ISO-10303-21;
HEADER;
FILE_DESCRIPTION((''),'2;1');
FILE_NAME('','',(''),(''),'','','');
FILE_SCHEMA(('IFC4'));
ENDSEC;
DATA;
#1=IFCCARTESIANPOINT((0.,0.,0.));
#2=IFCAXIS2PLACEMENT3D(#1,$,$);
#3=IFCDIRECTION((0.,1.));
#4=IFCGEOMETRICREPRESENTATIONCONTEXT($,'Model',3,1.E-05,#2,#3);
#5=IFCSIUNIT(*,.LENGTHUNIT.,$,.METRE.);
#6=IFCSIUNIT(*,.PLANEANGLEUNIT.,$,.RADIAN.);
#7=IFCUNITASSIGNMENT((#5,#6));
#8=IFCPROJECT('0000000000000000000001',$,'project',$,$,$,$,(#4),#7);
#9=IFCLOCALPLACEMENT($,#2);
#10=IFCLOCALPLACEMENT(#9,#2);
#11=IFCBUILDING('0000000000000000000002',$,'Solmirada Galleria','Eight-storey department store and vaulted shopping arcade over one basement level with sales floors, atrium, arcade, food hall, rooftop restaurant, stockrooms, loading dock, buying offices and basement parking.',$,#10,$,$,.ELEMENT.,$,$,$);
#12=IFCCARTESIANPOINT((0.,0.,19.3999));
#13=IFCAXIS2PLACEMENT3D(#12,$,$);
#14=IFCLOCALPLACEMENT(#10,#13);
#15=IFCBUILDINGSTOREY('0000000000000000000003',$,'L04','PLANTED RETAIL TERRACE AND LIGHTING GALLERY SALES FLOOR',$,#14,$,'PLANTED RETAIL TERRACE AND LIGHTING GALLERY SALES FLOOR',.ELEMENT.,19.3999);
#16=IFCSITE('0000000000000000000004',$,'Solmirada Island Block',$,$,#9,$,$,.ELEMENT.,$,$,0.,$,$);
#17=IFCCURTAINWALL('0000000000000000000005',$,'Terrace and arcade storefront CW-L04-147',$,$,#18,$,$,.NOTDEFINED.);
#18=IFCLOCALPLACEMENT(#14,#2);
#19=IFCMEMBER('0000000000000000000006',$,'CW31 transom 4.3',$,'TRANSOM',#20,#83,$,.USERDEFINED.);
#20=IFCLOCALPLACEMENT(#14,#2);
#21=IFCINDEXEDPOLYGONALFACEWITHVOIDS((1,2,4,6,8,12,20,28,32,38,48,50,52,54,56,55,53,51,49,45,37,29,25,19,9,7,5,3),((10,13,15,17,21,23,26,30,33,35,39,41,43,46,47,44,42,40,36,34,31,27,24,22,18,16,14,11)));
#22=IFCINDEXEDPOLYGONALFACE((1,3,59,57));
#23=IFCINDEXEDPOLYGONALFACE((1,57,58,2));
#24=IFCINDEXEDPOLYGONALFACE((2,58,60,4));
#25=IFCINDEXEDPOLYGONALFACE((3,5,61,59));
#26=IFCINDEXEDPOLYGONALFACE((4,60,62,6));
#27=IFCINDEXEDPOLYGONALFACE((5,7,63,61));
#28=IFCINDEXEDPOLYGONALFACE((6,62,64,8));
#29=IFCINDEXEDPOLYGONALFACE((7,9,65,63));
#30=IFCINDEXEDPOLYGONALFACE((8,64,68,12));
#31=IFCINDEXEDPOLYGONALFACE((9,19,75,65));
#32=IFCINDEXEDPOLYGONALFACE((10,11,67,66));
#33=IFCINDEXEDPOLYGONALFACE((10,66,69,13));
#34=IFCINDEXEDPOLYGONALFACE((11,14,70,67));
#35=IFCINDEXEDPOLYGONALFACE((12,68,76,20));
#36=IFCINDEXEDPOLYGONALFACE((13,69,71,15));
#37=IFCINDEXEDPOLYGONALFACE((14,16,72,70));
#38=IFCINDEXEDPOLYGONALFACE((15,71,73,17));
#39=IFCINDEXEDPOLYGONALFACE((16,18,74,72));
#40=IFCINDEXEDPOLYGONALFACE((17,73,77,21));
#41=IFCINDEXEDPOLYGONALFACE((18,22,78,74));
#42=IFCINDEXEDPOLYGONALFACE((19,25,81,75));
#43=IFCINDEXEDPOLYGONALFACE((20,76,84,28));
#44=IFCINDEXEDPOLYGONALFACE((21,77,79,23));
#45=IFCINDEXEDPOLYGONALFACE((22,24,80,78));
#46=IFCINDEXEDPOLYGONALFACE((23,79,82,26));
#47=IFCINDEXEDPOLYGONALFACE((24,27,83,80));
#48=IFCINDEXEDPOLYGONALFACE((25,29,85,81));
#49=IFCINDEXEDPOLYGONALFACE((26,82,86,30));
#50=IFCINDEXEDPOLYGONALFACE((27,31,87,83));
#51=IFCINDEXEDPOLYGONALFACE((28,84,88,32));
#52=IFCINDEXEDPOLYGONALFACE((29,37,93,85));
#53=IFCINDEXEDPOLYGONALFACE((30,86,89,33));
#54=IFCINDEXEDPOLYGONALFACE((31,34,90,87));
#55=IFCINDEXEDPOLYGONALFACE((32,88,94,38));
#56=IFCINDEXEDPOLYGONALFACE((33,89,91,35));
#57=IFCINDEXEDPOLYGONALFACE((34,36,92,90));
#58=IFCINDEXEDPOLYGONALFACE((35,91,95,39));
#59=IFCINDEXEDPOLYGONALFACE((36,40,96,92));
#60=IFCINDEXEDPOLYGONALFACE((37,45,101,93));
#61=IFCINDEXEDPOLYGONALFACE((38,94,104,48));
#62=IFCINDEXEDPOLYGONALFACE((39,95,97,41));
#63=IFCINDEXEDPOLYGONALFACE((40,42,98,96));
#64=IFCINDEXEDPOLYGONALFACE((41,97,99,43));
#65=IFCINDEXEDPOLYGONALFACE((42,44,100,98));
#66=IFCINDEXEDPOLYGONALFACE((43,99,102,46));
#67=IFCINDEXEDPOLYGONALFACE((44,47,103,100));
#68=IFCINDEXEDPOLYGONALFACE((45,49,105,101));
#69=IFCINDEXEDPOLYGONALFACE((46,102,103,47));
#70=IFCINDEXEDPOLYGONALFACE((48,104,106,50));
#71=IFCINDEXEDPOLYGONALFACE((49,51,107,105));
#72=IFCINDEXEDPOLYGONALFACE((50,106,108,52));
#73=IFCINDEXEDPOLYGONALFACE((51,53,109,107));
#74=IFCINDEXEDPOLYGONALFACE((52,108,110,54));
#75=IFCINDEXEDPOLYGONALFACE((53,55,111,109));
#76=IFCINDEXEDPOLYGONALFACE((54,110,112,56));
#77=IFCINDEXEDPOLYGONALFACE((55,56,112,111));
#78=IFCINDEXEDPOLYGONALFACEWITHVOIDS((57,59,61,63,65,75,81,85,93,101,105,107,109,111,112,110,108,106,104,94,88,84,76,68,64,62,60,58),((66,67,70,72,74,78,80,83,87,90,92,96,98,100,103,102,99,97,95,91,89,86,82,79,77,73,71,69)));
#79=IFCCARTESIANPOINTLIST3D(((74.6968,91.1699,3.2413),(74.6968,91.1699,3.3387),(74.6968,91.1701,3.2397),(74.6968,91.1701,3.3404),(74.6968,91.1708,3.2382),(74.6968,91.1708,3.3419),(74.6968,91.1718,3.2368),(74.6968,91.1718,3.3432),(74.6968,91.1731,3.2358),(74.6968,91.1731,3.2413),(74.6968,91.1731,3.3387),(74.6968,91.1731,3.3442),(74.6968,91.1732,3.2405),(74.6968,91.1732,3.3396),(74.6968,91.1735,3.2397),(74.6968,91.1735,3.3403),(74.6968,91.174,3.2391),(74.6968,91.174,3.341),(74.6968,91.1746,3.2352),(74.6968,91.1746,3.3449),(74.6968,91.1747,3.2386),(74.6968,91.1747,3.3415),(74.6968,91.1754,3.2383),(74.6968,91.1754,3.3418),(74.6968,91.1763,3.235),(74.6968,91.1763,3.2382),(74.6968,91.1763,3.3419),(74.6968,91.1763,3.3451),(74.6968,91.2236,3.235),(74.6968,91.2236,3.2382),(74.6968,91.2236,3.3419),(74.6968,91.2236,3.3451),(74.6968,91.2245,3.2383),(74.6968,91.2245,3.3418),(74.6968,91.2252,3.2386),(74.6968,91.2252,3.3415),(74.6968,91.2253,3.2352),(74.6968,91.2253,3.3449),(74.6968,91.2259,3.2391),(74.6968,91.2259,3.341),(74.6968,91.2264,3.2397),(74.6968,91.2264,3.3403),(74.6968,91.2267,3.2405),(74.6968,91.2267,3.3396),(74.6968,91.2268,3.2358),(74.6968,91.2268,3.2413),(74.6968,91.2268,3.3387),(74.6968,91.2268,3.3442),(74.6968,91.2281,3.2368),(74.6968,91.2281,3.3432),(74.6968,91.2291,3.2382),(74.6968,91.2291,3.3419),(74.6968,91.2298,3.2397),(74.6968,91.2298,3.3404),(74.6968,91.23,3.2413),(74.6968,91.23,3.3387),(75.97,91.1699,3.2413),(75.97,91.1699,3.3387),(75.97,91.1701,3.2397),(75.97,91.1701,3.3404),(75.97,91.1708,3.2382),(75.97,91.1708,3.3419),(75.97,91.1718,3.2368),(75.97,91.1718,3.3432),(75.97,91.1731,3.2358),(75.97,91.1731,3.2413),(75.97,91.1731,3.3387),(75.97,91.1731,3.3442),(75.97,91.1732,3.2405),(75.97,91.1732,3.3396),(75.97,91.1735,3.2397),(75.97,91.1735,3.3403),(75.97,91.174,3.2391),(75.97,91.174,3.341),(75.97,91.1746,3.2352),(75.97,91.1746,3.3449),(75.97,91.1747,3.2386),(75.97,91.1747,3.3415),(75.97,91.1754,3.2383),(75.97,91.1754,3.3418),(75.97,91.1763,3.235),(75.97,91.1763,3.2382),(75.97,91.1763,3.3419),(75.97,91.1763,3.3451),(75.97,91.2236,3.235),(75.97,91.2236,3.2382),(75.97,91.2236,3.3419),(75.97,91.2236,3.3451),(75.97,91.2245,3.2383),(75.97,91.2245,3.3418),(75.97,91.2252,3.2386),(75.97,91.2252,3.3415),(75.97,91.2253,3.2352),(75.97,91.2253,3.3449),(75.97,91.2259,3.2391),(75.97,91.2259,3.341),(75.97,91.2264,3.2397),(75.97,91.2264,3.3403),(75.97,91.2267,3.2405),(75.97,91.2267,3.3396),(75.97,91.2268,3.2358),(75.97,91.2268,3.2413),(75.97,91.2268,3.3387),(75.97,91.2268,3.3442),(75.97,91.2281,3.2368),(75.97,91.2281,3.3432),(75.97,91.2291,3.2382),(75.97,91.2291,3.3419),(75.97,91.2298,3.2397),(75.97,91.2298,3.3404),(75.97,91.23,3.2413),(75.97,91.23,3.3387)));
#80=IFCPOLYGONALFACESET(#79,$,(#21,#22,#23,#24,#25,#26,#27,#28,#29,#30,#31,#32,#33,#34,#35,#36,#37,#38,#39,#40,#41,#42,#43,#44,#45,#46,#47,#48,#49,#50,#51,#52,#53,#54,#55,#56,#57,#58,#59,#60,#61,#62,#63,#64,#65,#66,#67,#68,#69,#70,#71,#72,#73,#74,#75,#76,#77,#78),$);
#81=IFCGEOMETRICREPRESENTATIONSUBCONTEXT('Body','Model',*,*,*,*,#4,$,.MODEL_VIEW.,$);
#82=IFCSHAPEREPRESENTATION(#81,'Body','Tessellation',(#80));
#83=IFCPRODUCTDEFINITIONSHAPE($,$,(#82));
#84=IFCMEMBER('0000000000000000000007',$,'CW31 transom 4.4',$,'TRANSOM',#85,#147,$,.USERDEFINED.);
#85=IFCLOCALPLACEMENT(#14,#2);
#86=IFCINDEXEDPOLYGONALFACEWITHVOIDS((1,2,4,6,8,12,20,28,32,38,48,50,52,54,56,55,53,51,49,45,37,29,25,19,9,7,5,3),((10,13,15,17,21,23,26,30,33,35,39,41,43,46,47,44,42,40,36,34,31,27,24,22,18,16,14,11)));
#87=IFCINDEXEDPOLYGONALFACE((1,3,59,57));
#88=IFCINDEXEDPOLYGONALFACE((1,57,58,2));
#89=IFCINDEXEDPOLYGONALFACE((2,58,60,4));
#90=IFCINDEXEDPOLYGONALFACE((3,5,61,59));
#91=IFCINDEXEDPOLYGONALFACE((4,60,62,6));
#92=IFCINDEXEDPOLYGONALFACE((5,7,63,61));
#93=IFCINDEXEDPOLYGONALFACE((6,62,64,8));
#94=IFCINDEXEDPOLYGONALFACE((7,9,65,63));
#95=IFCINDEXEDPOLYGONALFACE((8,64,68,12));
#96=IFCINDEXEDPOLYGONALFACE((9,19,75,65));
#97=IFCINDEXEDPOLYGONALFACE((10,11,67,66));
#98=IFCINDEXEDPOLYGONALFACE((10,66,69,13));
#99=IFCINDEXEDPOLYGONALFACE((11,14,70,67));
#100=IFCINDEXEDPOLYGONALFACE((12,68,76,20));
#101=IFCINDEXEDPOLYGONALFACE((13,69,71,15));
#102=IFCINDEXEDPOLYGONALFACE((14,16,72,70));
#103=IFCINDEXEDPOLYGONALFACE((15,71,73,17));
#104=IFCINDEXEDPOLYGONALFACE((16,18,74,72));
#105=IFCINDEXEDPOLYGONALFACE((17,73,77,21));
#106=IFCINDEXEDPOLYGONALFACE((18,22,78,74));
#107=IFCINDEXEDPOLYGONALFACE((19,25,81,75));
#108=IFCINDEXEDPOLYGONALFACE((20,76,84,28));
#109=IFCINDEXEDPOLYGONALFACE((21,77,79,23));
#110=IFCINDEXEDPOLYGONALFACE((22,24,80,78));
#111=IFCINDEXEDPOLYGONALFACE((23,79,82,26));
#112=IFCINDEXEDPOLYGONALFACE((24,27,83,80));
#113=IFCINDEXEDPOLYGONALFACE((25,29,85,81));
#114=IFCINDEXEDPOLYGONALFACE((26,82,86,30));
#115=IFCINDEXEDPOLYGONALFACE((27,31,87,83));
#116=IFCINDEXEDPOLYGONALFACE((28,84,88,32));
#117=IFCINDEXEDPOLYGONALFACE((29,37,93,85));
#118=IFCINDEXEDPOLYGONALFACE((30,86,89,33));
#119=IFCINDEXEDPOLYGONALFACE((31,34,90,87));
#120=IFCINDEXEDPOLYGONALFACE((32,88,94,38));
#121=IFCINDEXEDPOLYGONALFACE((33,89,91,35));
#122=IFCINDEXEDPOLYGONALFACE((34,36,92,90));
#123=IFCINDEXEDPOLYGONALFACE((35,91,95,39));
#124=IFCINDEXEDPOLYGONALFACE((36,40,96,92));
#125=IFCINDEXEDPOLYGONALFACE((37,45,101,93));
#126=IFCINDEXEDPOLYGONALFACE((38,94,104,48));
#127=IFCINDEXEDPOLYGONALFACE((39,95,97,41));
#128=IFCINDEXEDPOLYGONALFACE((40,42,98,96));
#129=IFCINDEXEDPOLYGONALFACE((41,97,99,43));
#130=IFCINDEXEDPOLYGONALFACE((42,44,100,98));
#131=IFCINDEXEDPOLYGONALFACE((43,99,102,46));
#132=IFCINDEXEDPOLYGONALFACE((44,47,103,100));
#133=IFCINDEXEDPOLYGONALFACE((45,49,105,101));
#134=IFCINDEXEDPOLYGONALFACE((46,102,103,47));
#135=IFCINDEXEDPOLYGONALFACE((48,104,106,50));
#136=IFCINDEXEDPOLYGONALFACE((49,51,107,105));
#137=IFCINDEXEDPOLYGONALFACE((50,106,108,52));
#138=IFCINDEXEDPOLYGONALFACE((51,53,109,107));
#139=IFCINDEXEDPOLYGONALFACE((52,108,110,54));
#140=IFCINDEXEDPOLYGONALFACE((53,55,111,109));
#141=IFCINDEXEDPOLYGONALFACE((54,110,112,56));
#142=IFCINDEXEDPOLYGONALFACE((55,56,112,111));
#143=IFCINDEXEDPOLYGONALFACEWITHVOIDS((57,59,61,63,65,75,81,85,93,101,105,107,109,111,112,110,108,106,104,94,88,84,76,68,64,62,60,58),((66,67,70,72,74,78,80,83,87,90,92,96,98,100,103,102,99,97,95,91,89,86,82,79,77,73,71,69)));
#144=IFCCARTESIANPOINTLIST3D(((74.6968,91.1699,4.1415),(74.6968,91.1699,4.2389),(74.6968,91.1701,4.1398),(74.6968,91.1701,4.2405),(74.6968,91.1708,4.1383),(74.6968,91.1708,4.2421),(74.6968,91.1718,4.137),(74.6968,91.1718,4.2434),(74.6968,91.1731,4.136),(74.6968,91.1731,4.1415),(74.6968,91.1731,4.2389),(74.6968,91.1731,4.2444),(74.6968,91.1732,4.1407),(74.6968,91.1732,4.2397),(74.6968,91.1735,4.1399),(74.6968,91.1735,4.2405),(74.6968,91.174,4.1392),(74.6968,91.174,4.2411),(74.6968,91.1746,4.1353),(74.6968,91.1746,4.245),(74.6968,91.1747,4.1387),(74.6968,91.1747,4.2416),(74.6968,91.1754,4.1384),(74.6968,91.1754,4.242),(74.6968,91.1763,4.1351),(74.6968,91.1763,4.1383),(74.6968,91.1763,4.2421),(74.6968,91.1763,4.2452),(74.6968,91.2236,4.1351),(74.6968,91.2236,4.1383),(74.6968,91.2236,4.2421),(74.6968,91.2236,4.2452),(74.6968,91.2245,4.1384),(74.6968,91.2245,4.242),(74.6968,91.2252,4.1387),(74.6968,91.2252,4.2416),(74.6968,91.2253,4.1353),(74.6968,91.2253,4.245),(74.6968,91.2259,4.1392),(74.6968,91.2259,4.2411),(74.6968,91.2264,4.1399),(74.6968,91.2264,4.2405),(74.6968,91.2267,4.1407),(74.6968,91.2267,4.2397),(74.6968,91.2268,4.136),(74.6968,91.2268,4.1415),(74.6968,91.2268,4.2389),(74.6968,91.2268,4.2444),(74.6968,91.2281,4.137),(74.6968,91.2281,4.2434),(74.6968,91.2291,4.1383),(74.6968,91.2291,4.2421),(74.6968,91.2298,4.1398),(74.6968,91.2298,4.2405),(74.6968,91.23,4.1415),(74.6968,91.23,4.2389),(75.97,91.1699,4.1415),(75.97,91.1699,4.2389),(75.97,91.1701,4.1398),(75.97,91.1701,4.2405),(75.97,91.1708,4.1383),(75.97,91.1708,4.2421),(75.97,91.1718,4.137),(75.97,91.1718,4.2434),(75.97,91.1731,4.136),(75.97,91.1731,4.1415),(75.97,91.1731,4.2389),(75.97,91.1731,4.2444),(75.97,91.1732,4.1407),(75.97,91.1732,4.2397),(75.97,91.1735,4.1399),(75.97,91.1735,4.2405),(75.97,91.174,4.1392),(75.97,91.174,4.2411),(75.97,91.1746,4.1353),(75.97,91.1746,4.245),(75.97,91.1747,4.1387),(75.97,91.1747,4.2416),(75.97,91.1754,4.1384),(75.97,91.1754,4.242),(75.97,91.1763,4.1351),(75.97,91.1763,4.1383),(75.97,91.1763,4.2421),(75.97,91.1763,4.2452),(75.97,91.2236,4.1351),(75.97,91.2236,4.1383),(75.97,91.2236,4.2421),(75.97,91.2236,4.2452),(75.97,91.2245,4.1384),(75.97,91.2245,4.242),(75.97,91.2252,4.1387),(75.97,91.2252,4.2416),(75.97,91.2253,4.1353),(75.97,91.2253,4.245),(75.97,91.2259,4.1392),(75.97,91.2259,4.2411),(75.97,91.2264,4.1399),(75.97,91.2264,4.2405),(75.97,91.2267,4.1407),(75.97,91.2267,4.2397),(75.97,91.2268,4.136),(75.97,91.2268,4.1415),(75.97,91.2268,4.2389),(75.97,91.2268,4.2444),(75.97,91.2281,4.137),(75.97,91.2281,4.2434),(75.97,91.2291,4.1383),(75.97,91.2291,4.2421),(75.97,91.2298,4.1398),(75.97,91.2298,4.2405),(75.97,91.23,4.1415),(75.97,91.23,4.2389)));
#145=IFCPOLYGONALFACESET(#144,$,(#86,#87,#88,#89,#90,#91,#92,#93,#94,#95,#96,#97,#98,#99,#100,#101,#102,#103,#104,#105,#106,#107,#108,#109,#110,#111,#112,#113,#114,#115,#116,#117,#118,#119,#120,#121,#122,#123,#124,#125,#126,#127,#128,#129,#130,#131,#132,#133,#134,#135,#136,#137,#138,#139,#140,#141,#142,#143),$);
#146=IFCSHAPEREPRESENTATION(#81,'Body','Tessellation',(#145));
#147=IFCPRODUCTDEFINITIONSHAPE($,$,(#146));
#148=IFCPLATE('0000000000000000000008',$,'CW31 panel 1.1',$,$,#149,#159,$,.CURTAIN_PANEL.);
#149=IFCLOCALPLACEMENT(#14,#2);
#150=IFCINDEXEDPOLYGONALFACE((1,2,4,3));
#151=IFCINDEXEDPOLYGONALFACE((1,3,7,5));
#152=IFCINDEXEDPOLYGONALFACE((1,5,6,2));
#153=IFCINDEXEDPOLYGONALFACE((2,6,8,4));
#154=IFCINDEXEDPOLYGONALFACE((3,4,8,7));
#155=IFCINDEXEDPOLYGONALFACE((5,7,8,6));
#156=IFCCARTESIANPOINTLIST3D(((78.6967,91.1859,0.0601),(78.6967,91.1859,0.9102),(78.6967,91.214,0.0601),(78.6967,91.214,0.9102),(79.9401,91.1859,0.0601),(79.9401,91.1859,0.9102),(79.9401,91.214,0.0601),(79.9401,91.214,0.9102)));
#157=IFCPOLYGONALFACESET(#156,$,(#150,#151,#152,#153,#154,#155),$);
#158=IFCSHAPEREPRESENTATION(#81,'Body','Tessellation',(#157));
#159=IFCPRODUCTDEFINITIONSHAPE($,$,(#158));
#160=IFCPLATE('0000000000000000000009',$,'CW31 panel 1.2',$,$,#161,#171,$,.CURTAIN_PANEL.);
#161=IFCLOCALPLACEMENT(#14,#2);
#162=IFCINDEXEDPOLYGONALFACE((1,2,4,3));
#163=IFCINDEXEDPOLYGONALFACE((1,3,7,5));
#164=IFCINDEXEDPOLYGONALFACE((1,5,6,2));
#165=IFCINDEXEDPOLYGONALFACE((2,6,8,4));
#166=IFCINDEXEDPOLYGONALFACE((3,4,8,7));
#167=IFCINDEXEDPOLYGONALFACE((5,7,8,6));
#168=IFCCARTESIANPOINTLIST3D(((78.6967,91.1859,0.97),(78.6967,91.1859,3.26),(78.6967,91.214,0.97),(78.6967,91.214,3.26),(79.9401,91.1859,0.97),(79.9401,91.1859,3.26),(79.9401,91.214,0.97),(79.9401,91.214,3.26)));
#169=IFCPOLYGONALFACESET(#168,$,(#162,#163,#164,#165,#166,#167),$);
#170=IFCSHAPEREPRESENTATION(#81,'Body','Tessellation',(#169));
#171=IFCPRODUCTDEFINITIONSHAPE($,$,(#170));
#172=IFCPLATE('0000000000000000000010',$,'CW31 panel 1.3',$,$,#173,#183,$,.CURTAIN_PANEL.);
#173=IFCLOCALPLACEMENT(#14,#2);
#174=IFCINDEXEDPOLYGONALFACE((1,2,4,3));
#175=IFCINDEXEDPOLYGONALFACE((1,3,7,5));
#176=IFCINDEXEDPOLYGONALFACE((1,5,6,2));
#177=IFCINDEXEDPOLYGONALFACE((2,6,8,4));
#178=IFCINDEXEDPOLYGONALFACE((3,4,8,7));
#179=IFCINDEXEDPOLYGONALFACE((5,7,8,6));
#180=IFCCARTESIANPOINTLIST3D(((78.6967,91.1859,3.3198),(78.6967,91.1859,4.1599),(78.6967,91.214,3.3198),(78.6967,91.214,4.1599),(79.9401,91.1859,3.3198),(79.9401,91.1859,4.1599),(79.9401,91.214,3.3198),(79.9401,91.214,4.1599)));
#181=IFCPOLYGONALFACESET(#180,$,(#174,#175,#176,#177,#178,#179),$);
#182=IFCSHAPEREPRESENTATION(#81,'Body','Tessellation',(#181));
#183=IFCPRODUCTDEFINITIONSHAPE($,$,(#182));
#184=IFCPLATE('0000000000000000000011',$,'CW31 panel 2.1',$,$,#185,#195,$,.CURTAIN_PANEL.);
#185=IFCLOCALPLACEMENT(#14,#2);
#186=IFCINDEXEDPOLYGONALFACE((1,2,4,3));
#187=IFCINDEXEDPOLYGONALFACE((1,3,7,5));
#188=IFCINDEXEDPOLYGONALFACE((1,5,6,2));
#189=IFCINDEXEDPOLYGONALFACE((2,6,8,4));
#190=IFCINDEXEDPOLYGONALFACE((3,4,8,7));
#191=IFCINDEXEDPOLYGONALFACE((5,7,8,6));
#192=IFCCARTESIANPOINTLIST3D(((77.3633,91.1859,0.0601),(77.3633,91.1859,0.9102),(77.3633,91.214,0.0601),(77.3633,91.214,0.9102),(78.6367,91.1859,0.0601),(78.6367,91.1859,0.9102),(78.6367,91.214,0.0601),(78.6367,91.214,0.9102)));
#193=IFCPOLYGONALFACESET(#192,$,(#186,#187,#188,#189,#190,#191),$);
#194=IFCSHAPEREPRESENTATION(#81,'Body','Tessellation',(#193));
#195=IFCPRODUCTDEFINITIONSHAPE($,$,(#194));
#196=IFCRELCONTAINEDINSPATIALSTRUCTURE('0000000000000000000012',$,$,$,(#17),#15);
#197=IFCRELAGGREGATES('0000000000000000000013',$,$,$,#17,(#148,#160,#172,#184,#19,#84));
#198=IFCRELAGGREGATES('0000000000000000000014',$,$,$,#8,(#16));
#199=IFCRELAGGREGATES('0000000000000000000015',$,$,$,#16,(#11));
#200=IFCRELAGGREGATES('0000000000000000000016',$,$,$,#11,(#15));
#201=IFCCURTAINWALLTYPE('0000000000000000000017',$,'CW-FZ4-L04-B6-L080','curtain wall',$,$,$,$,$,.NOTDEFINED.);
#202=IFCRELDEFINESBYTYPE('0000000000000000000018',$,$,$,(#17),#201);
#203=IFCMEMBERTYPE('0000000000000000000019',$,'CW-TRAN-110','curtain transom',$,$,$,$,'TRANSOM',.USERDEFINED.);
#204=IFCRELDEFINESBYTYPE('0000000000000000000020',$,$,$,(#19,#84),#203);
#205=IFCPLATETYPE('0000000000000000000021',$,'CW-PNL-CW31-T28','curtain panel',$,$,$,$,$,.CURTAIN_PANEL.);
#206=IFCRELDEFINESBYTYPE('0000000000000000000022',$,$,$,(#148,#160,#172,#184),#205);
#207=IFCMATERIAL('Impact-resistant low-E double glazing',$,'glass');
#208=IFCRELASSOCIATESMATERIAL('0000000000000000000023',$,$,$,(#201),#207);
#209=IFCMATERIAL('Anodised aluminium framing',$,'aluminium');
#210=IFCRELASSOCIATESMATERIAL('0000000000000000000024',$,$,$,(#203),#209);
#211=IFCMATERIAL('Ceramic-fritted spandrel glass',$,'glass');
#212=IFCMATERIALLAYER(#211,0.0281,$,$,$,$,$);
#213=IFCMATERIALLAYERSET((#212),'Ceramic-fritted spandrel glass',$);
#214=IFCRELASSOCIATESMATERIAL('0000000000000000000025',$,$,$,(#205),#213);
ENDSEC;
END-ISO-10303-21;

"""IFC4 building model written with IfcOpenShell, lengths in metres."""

from ifc_helpers import new_model, si_unit, direction, frame, origin, origin_2d, place, context, subcontext, project, spatial, rectangle, hollow_rectangle, extrude, material, layer, layer_set, material_profile, profile_set, type_object, element, aggregate, save


model = new_model("IFC4")

# Units and contexts
model_context = context("Model", 3, precision=1e-05, world=origin(), true_north=direction((0.0, 1.0)))
body_context = subcontext(model_context, "Body", "Model", "MODEL_VIEW")
ifc_project = project(units=[si_unit("LENGTHUNIT", "METRE"), si_unit("PLANEANGLEUNIT", "RADIAN")], contexts=[model_context])

# Site, building, storey
site_placement = place(None, origin())
site = spatial("IfcSite", under=ifc_project, at=site_placement, Name="Solmirada Island Block", CompositionType="ELEMENT", RefElevation=0.0)
building_placement = place(site_placement, origin())
building = spatial("IfcBuilding", under=site, at=building_placement, Name="Solmirada Galleria", Description="Eight-storey department store and vaulted shopping arcade over one basement level with sales floors, atrium, arcade, food hall, rooftop restaurant, stockrooms, loading dock, buying offices and basement parking.", CompositionType="ELEMENT")
storey_placement = place(building_placement, frame((0.0, 0.0, 19.3999)))
storey = spatial("IfcBuildingStorey", under=building, at=storey_placement, Name="L04", Description="PLANTED RETAIL TERRACE AND LIGHTING GALLERY SALES FLOOR", LongName="PLANTED RETAIL TERRACE AND LIGHTING GALLERY SALES FLOOR", CompositionType="ELEMENT", Elevation=19.3999)

# Curtain wall, members, plates
ifc_material_1 = material(Name="Impact-resistant low-E double glazing", Category="glass")
curtain_wall_type = type_object("IfcCurtainWallType", Name="CW-FZ4-L04-B6-L080", Description="curtain wall", PredefinedType="NOTDEFINED", material=ifc_material_1)
curtain_wall_placement = place(storey_placement, origin())
curtain_wall = element("IfcCurtainWall", 1, at=curtain_wall_placement, inside=storey, type_object=curtain_wall_type, Name="Terrace and arcade storefront CW-L04-147", PredefinedType="NOTDEFINED")
ifc_material_2 = material(Name="Anodised aluminium framing", Category="aluminium")
ifc_material_profile_1 = material_profile(ifc_material_2, hollow_rectangle(XDim=0.0601, YDim=0.1101, WallThickness=0.0032, InnerFilletRadius=0.0032, OuterFilletRadius=0.0063, at=origin_2d()), Name="ALU-TRAN-110X60")
ifc_profile_set_1 = profile_set([ifc_material_profile_1], Name="Anodised aluminium framing")
member_type_1 = type_object("IfcMemberType", Name="CW-TRAN-110", Description="curtain transom", ElementType="TRANSOM", PredefinedType="USERDEFINED", material=ifc_profile_set_1)
member_1_placement = place(storey_placement, frame((75.97, 91.2, 3.29), z_axis=(-1.0, 0.0, 0.0), x_axis=(0.0, -1.0, 0.0)))
member_1 = element("IfcMember", 2, at=member_1_placement, type_object=member_type_1, Name="CW31 transom 4.3", ObjectType="TRANSOM", PredefinedType="USERDEFINED", context=body_context, shape_type="SweptSolid", body=[
    extrude(hollow_rectangle(XDim=0.0601, YDim=0.1101, WallThickness=0.0032, InnerFilletRadius=0.0032, OuterFilletRadius=0.0063, at=origin_2d()), origin(), (0.0, 0.0, 1.0), 1.2732),
])
member_2_placement = place(storey_placement, frame((75.97, 91.2, 4.1902), z_axis=(-1.0, 0.0, 0.0), x_axis=(0.0, -1.0, 0.0)))
member_2 = element("IfcMember", 3, at=member_2_placement, type_object=member_type_1, Name="CW31 transom 4.4", ObjectType="TRANSOM", PredefinedType="USERDEFINED", context=body_context, shape_type="SweptSolid", body=[
    extrude(hollow_rectangle(XDim=0.0601, YDim=0.1101, WallThickness=0.0032, InnerFilletRadius=0.0032, OuterFilletRadius=0.0063, at=origin_2d()), origin(), (0.0, 0.0, 1.0), 1.2732),
])
ifc_material_3 = material(Name="Ceramic-fritted spandrel glass", Category="glass")
ifc_layer = layer(ifc_material_3, 0.0281)
ifc_layer_set = layer_set([ifc_layer], Name="Ceramic-fritted spandrel glass")
plate_type = type_object("IfcPlateType", Name="CW-PNL-CW31-T28", Description="curtain panel", PredefinedType="CURTAIN_PANEL", material=ifc_layer_set)
plate_1_placement = place(storey_placement, frame((79.3184, 91.2, 0.0601), z_axis=(0.0, 0.0, 1.0), x_axis=(-1.0, 0.0, 0.0)))
plate_1 = element("IfcPlate", 4, at=plate_1_placement, type_object=plate_type, Name="CW31 panel 1.1", PredefinedType="CURTAIN_PANEL", context=body_context, shape_type="SweptSolid", body=[
    extrude(rectangle(XDim=1.2434, YDim=0.0281, at=origin_2d()), origin(), (0.0, 0.0, 1.0), 0.8501),
])
plate_2_placement = place(storey_placement, frame((79.3184, 91.2, 0.97), z_axis=(0.0, 0.0, 1.0), x_axis=(-1.0, 0.0, 0.0)))
plate_2 = element("IfcPlate", 5, at=plate_2_placement, type_object=plate_type, Name="CW31 panel 1.2", PredefinedType="CURTAIN_PANEL", context=body_context, shape_type="SweptSolid", body=[
    extrude(rectangle(XDim=1.2434, YDim=0.0281, at=origin_2d()), origin(), (0.0, 0.0, 1.0), 2.29),
])
plate_3_placement = place(storey_placement, frame((79.3184, 91.2, 3.3198), z_axis=(0.0, 0.0, 1.0), x_axis=(-1.0, 0.0, 0.0)))
plate_3 = element("IfcPlate", 6, at=plate_3_placement, type_object=plate_type, Name="CW31 panel 1.3", PredefinedType="CURTAIN_PANEL", context=body_context, shape_type="SweptSolid", body=[
    extrude(rectangle(XDim=1.2434, YDim=0.0281, at=origin_2d()), origin(), (0.0, 0.0, 1.0), 0.8401),
])
plate_4_placement = place(storey_placement, frame((78.0, 91.2, 0.0601), z_axis=(0.0, 0.0, 1.0), x_axis=(-1.0, 0.0, 0.0)))
plate_4 = element("IfcPlate", 7, at=plate_4_placement, type_object=plate_type, Name="CW31 panel 2.1", PredefinedType="CURTAIN_PANEL", context=body_context, shape_type="SweptSolid", body=[
    extrude(rectangle(XDim=1.2734, YDim=0.0281, at=origin_2d()), origin(), (0.0, 0.0, 1.0), 0.8501),
])
aggregate(curtain_wall, [plate_1, plate_2, plate_3, plate_4, member_1, member_2])

save(model, "model.ifc")
